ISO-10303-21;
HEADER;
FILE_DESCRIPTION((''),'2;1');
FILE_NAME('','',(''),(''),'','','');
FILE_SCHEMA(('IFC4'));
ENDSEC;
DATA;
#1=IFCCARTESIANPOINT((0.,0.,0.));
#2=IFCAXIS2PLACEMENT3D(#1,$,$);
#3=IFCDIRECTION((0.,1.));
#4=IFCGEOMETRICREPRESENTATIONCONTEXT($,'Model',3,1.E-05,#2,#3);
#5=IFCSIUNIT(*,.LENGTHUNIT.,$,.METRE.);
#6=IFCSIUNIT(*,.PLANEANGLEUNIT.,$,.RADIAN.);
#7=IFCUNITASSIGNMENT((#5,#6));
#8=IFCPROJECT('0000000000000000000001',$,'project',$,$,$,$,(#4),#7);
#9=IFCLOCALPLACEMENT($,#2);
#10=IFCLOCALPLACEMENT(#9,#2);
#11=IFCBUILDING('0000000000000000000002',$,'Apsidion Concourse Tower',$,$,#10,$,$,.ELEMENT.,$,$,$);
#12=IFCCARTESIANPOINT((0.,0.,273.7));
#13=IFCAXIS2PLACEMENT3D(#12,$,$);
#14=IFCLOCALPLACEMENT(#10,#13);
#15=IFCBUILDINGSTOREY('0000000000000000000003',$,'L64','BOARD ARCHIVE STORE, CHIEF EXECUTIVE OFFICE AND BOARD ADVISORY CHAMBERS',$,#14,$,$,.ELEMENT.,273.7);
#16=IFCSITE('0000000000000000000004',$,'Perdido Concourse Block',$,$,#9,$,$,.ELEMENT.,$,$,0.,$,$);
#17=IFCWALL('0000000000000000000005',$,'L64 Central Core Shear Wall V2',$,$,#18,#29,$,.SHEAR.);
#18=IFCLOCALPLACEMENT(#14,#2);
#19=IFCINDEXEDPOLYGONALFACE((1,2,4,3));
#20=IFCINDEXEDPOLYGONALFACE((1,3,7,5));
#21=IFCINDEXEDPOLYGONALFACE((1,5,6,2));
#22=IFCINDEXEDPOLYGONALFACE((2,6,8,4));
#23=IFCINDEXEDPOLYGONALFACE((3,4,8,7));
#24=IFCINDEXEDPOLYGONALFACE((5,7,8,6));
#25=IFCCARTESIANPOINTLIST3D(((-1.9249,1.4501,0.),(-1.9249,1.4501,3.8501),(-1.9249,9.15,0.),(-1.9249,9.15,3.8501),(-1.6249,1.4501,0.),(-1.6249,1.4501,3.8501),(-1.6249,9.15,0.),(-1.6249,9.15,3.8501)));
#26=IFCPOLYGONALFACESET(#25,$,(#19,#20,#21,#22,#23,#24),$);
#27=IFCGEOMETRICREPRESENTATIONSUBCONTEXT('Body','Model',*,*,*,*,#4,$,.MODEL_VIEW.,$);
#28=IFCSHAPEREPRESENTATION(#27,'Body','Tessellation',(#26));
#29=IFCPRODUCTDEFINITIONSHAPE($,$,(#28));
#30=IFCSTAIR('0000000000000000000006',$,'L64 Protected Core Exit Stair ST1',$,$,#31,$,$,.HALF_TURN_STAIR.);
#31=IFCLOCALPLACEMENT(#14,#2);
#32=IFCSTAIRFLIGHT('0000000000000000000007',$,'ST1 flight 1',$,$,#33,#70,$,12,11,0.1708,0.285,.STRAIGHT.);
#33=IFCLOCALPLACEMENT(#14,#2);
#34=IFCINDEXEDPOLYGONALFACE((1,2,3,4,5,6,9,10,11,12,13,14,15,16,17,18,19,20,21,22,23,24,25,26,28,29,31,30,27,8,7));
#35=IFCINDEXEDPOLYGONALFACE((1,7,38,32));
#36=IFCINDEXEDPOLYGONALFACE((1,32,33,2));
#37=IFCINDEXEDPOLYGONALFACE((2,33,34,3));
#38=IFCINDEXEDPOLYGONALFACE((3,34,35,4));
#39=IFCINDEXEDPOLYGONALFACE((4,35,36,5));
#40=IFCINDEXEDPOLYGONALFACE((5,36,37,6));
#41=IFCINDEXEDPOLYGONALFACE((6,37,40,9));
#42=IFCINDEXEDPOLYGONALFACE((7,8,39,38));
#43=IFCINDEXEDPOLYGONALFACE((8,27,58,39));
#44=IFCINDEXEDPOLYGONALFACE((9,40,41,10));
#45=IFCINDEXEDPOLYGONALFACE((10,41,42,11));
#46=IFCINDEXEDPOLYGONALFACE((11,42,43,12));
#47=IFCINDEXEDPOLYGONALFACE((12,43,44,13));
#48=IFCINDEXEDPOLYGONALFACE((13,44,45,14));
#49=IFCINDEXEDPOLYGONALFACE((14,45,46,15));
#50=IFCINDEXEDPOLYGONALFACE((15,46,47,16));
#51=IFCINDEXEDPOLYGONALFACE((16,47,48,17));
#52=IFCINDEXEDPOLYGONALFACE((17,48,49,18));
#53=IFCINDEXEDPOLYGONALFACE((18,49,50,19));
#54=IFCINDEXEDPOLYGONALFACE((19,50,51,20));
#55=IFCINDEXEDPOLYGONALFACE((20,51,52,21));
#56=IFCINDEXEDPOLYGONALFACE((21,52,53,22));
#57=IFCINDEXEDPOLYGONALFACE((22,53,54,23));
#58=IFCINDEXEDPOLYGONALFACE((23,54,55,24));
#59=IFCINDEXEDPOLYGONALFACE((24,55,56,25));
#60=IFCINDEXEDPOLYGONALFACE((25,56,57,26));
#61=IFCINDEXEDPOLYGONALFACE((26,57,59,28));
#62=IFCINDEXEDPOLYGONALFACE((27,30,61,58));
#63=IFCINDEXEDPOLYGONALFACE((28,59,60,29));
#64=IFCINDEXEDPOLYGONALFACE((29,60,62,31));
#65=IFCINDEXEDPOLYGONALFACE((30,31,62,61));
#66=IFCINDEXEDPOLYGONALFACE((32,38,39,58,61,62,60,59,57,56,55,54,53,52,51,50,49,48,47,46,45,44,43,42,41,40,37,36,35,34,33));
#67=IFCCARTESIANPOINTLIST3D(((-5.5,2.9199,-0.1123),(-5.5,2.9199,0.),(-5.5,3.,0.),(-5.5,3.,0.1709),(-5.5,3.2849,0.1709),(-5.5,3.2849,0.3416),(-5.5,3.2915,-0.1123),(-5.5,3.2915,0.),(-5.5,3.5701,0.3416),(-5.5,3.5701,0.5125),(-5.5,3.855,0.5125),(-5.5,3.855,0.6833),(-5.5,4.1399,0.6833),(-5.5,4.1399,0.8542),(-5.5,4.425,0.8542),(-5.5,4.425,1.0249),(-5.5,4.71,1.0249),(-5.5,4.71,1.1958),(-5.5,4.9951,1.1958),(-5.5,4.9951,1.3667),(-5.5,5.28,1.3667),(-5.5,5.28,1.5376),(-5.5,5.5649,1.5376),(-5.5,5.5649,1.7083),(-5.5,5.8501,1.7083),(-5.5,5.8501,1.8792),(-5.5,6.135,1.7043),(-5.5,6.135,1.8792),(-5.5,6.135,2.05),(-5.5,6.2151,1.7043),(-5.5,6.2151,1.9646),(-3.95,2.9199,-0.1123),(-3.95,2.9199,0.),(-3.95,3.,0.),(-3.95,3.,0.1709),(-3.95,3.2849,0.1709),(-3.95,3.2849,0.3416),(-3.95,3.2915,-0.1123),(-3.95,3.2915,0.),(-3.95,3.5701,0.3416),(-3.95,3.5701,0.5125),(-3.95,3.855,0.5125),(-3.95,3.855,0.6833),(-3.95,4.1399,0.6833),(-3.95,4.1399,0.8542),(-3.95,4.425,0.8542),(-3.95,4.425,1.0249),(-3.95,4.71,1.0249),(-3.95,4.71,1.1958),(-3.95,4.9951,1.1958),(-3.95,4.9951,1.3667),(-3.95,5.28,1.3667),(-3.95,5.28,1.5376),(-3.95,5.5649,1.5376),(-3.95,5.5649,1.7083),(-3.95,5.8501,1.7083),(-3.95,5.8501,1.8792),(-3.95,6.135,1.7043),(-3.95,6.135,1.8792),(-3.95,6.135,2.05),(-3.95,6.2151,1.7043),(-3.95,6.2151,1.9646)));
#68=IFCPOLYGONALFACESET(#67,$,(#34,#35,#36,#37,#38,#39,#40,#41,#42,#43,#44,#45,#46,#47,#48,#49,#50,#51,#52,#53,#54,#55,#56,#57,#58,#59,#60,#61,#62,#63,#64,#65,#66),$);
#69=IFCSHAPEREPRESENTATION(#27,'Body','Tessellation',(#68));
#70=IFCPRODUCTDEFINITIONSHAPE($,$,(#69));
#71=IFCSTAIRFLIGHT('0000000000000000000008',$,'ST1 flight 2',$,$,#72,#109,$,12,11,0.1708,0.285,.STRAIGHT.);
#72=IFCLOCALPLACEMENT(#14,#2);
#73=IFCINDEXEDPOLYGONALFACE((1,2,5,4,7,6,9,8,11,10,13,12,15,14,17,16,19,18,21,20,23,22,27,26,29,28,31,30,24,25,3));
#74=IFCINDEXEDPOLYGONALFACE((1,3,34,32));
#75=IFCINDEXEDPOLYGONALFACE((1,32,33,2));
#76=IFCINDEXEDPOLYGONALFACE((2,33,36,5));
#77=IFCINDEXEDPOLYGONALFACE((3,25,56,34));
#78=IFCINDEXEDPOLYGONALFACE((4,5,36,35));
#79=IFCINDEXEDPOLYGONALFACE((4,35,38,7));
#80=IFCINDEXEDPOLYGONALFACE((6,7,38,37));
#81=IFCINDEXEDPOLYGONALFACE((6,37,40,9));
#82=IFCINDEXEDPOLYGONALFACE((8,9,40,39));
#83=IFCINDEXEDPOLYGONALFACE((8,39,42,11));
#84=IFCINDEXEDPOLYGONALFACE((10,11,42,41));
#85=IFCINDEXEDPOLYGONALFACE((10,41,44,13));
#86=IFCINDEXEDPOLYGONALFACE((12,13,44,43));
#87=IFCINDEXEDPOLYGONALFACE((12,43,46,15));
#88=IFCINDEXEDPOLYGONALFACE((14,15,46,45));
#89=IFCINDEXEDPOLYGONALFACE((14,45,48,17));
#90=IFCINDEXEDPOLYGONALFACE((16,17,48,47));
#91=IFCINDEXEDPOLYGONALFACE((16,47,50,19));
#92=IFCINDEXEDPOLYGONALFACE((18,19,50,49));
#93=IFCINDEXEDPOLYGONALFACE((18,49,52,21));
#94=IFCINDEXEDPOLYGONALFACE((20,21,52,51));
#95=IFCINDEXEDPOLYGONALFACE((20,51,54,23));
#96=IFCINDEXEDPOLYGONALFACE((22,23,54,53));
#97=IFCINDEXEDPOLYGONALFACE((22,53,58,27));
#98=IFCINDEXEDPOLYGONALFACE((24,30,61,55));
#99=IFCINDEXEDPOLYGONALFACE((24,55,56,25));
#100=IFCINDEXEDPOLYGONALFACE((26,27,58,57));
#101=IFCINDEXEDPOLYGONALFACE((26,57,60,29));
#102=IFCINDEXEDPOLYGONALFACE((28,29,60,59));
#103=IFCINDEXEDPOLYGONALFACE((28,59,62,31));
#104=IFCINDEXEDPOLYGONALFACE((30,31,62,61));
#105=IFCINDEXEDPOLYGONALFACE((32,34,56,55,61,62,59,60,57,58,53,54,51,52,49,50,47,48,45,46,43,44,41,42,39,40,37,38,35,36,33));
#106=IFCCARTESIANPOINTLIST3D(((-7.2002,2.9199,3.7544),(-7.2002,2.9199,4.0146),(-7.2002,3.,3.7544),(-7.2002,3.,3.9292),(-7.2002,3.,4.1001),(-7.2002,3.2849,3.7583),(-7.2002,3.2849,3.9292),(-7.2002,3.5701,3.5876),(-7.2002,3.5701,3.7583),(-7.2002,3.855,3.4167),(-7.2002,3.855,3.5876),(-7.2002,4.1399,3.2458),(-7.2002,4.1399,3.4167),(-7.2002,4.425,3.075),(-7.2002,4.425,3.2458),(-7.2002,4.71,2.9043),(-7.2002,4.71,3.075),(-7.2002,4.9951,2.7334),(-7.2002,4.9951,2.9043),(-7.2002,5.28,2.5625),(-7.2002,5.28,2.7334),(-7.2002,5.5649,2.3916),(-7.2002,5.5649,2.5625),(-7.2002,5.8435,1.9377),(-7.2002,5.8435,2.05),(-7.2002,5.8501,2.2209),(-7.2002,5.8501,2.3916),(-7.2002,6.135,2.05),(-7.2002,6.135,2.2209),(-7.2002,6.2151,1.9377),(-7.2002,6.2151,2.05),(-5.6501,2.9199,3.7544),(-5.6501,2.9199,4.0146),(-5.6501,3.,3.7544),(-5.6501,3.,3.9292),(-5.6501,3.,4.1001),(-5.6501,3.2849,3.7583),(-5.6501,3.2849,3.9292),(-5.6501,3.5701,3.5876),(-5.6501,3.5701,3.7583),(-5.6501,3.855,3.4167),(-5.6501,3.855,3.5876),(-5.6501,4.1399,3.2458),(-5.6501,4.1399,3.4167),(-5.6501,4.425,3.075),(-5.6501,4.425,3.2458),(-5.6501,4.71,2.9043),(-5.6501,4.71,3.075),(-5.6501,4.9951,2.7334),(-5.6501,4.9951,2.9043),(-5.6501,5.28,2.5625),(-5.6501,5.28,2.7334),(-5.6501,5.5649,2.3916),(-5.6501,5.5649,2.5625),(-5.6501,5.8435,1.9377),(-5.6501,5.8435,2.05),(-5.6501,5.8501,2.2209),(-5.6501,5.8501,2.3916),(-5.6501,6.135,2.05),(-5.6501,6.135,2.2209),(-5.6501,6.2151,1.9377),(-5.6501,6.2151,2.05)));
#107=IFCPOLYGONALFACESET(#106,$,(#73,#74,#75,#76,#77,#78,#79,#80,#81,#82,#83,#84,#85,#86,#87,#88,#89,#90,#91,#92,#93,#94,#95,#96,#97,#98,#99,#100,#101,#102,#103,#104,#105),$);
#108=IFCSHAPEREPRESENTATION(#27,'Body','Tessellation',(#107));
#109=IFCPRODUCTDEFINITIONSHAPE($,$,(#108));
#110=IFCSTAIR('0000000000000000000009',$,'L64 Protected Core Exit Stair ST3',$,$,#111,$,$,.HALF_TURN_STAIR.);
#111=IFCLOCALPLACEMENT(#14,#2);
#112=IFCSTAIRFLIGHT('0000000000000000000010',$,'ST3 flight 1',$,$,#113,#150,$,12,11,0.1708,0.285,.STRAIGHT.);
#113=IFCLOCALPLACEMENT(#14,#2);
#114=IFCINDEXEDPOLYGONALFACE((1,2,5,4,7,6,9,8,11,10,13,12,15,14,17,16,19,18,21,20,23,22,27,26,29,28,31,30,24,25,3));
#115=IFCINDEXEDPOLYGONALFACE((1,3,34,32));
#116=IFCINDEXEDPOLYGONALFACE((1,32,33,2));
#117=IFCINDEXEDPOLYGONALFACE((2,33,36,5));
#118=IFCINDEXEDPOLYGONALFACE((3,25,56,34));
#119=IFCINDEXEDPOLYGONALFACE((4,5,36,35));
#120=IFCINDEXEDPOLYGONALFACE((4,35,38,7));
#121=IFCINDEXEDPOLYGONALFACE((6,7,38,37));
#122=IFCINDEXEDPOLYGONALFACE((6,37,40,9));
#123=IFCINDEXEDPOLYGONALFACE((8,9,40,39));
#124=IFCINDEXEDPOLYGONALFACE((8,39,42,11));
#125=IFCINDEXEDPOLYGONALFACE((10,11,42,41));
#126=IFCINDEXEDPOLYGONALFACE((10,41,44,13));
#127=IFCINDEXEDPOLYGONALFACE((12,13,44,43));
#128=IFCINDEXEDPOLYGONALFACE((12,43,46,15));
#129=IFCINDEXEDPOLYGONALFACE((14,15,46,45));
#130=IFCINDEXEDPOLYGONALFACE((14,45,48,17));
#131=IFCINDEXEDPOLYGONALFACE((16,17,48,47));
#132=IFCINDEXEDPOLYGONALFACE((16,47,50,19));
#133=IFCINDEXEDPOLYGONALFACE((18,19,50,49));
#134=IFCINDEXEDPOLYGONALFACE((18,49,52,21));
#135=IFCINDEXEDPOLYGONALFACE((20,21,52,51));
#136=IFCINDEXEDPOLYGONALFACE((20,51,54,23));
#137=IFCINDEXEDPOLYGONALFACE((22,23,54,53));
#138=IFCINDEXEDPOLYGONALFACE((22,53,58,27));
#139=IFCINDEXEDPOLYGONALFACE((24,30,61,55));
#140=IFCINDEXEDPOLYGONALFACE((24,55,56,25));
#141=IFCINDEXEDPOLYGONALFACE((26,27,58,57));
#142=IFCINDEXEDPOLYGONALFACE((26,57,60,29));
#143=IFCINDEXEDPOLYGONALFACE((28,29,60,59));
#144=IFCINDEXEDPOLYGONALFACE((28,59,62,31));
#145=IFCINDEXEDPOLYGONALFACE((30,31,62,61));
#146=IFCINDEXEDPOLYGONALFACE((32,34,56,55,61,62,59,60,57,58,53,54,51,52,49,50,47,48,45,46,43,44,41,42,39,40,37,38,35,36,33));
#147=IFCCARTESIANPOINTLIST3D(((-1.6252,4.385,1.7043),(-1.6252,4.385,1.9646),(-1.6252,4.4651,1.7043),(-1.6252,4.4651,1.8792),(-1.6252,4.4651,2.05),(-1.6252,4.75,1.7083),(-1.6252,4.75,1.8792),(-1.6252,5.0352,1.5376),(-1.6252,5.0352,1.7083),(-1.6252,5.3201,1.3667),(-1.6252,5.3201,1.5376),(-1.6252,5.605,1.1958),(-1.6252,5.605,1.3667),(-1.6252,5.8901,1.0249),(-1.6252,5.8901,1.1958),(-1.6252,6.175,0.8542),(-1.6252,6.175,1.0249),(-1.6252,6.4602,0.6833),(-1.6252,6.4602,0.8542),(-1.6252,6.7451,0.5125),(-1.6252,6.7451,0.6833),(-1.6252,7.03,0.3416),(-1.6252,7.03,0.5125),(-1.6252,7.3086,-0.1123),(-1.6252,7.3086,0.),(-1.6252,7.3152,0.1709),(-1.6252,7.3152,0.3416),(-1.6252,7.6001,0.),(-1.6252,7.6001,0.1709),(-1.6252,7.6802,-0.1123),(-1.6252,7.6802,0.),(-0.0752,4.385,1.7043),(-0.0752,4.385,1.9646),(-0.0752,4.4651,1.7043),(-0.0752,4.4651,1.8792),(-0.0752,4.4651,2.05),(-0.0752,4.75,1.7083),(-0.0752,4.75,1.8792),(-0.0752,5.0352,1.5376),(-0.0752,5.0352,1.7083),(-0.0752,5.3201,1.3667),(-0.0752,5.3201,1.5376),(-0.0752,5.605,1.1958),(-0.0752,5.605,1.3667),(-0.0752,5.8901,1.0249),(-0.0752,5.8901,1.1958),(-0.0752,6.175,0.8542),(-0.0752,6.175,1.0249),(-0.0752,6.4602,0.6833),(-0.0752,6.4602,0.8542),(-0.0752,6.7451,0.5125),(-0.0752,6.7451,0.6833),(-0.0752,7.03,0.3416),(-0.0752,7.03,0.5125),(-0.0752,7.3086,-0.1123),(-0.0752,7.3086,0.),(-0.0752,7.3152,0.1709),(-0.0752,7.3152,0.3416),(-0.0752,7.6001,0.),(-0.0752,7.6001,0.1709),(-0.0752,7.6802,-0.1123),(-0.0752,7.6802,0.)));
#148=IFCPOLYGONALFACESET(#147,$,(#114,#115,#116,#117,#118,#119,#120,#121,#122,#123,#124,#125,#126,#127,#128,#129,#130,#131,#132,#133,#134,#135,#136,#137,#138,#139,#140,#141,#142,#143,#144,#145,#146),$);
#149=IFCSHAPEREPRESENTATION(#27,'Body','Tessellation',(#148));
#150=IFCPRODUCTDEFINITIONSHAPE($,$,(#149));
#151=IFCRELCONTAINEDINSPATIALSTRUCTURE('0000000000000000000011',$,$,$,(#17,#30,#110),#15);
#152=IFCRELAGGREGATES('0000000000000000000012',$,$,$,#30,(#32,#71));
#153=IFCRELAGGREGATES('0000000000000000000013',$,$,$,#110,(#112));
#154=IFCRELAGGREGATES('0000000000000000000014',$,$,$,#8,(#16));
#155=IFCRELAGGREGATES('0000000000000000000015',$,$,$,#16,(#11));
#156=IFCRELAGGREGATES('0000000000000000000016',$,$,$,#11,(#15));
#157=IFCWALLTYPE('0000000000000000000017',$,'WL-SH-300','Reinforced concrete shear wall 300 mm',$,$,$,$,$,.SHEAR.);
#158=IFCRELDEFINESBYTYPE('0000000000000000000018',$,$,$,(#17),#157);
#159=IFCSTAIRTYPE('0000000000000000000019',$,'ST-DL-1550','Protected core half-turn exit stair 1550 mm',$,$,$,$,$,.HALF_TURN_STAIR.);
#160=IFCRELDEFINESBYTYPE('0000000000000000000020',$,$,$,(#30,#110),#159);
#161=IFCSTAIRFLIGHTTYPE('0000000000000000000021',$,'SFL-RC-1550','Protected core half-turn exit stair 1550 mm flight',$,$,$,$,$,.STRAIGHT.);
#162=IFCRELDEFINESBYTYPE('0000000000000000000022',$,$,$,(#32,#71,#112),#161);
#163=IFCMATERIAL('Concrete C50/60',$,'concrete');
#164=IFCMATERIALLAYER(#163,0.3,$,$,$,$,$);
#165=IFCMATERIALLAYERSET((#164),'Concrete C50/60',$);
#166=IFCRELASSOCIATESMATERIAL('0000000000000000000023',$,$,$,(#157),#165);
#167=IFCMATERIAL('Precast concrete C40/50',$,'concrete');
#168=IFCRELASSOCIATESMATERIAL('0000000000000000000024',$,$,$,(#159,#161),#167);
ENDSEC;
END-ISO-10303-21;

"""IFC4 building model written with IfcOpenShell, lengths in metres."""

from ifc_helpers import new_model, si_unit, direction, frame, frame_2d, origin, place, context, subcontext, project, spatial, polyline, rectangle, outline, extrude, material, layer, layer_set, type_object, element, aggregate, save


model = new_model("IFC4")

# Units and contexts
model_context = context("Model", 3, precision=1e-05, world=origin(), true_north=direction((0.0, 1.0)))
body_context = subcontext(model_context, "Body", "Model", "MODEL_VIEW")
ifc_project = project(units=[si_unit("LENGTHUNIT", "METRE"), si_unit("PLANEANGLEUNIT", "RADIAN")], contexts=[model_context])

# Site, building, storey
site_placement = place(None, origin())
site = spatial("IfcSite", under=ifc_project, at=site_placement, Name="Perdido Concourse Block", CompositionType="ELEMENT", RefElevation=0.0)
building_placement = place(site_placement, origin())
building = spatial("IfcBuilding", under=site, at=building_placement, Name="Apsidion Concourse Tower", CompositionType="ELEMENT")
storey_placement = place(building_placement, frame((0.0, 0.0, 273.7)))
storey = spatial("IfcBuildingStorey", under=building, at=storey_placement, Name="L64", Description="BOARD ARCHIVE STORE, CHIEF EXECUTIVE OFFICE AND BOARD ADVISORY CHAMBERS", CompositionType="ELEMENT", Elevation=273.7)

# Shared definitions
ifc_material_1 = material(Name="Concrete C50/60", Category="concrete")

# Wall
ifc_layer_1 = layer(ifc_material_1, 0.3)
ifc_layer_set_1 = layer_set([ifc_layer_1], Name="Concrete C50/60")
wall_type_1 = type_object("IfcWallType", Name="WL-SH-300", Description="Reinforced concrete shear wall 300 mm", PredefinedType="SHEAR", material=ifc_layer_set_1)
wall_1_placement = place(storey_placement, frame((-1.7749, 1.45, 0.0), z_axis=(0.0, 0.0, 1.0), x_axis=(0.0, 1.0, 0.0)))
element("IfcWall", 1, at=wall_1_placement, inside=storey, type_object=wall_type_1, Name="L64 Central Core Shear Wall V2", PredefinedType="SHEAR", context=body_context, shape_type="SweptSolid", body=[
    extrude(rectangle(XDim=7.7, YDim=0.3, at=frame_2d((3.8501, 0.0))), origin(), (0.0, 0.0, 1.0), 3.8501),
])

# Stair, stair flights
ifc_material_2 = material(Name="Precast concrete C40/50", Category="concrete")
stair_type = type_object("IfcStairType", Name="ST-DL-1550", Description="Protected core half-turn exit stair 1550 mm", PredefinedType="HALF_TURN_STAIR", material=ifc_material_2)
stair_1_placement = place(storey_placement, origin())
stair_1 = element("IfcStair", 2, at=stair_1_placement, inside=storey, type_object=stair_type, Name="L64 Protected Core Exit Stair ST1", PredefinedType="HALF_TURN_STAIR")
stair_flight_type = type_object("IfcStairFlightType", Name="SFL-RC-1550", Description="Protected core half-turn exit stair 1550 mm flight", PredefinedType="STRAIGHT", material=ifc_material_2)
stair_flight_1_placement = place(storey_placement, frame((-4.7251, 3.0, 0.0), z_axis=(0.0, 0.0, 1.0), x_axis=(0.0, 1.0, 0.0)))
stair_flight_1 = element("IfcStairFlight", 3, at=stair_flight_1_placement, type_object=stair_flight_type, Name="ST1 flight 1", NumberOfRisers=12, NumberOfTreads=11, PredefinedType="STRAIGHT", RiserHeight=0.1708, TreadLength=0.285, context=body_context, shape_type="SweptSolid", body=[
    extrude(outline(polyline([(-0.0801, -0.1123), (-0.0801, 0.0), (0.0, 0.0), (0.0, 0.1709), (0.2849, 0.1709), (0.2849, 0.3416), (0.5701, 0.3416), (0.5701, 0.5125), (0.855, 0.5125), (0.855, 0.6833), (1.1399, 0.6833), (1.1399, 0.8542), (1.425, 0.8542), (1.425, 1.0249), (1.71, 1.0249), (1.71, 1.1958), (1.9951, 1.1958), (1.9951, 1.3667), (2.28, 1.3667), (2.28, 1.5376), (2.5649, 1.5376), (2.5649, 1.7083), (2.8501, 1.7083), (2.8501, 1.8792), (3.135, 1.8792), (3.135, 2.05), (3.2151, 1.9646), (3.2151, 1.7043), (3.135, 1.7043), (0.2915, 0.0), (0.2915, -0.1123), (-0.0801, -0.1123)])), frame((0.0, 0.7749, 0.0), z_axis=(0.0, -1.0, 0.0), x_axis=(1.0, 0.0, 0.0)), (0.0, 0.0, 1.0), 1.55),
])
stair_flight_2_placement = place(storey_placement, frame((-6.425, 6.135, 2.05), z_axis=(0.0, 0.0, 1.0), x_axis=(0.0, -1.0, 0.0)))
stair_flight_2 = element("IfcStairFlight", 4, at=stair_flight_2_placement, type_object=stair_flight_type, Name="ST1 flight 2", NumberOfRisers=12, NumberOfTreads=11, PredefinedType="STRAIGHT", RiserHeight=0.1708, TreadLength=0.285, context=body_context, shape_type="SweptSolid", body=[
    extrude(outline(polyline([(-0.0801, -0.1123), (-0.0801, 0.0), (0.0, 0.0), (0.0, 0.1709), (0.2849, 0.1709), (0.2849, 0.3416), (0.5701, 0.3416), (0.5701, 0.5125), (0.855, 0.5125), (0.855, 0.6833), (1.1399, 0.6833), (1.1399, 0.8542), (1.425, 0.8542), (1.425, 1.0249), (1.71, 1.0249), (1.71, 1.1958), (1.9951, 1.1958), (1.9951, 1.3667), (2.28, 1.3667), (2.28, 1.5376), (2.5649, 1.5376), (2.5649, 1.7083), (2.8501, 1.7083), (2.8501, 1.8792), (3.135, 1.8792), (3.135, 2.05), (3.2151, 1.9646), (3.2151, 1.7043), (3.135, 1.7043), (0.2915, 0.0), (0.2915, -0.1123), (-0.0801, -0.1123)])), frame((0.0, 0.7749, 0.0), z_axis=(0.0, -1.0, 0.0), x_axis=(1.0, 0.0, 0.0)), (0.0, 0.0, 1.0), 1.55),
])
aggregate(stair_1, [stair_flight_1, stair_flight_2])

# Stair, stair flight
stair_2_placement = place(storey_placement, origin())
stair_2 = element("IfcStair", 5, at=stair_2_placement, inside=storey, type_object=stair_type, Name="L64 Protected Core Exit Stair ST3", PredefinedType="HALF_TURN_STAIR")
stair_flight_3_placement = place(storey_placement, frame((-0.8501, 7.6001, 0.0), z_axis=(0.0, 0.0, 1.0), x_axis=(0.0, -1.0, 0.0)))
stair_flight_3 = element("IfcStairFlight", 6, at=stair_flight_3_placement, type_object=stair_flight_type, Name="ST3 flight 1", NumberOfRisers=12, NumberOfTreads=11, PredefinedType="STRAIGHT", RiserHeight=0.1708, TreadLength=0.285, context=body_context, shape_type="SweptSolid", body=[
    extrude(outline(polyline([(-0.0801, -0.1123), (-0.0801, 0.0), (0.0, 0.0), (0.0, 0.1709), (0.2849, 0.1709), (0.2849, 0.3416), (0.5701, 0.3416), (0.5701, 0.5125), (0.855, 0.5125), (0.855, 0.6833), (1.1399, 0.6833), (1.1399, 0.8542), (1.425, 0.8542), (1.425, 1.0249), (1.71, 1.0249), (1.71, 1.1958), (1.9951, 1.1958), (1.9951, 1.3667), (2.28, 1.3667), (2.28, 1.5376), (2.5649, 1.5376), (2.5649, 1.7083), (2.8501, 1.7083), (2.8501, 1.8792), (3.135, 1.8792), (3.135, 2.05), (3.2151, 1.9646), (3.2151, 1.7043), (3.135, 1.7043), (0.2915, 0.0), (0.2915, -0.1123), (-0.0801, -0.1123)])), frame((0.0, 0.7749, 0.0), z_axis=(0.0, -1.0, 0.0), x_axis=(1.0, 0.0, 0.0)), (0.0, 0.0, 1.0), 1.55),
])
aggregate(stair_2, [stair_flight_3])

save(model, "model.ifc")
